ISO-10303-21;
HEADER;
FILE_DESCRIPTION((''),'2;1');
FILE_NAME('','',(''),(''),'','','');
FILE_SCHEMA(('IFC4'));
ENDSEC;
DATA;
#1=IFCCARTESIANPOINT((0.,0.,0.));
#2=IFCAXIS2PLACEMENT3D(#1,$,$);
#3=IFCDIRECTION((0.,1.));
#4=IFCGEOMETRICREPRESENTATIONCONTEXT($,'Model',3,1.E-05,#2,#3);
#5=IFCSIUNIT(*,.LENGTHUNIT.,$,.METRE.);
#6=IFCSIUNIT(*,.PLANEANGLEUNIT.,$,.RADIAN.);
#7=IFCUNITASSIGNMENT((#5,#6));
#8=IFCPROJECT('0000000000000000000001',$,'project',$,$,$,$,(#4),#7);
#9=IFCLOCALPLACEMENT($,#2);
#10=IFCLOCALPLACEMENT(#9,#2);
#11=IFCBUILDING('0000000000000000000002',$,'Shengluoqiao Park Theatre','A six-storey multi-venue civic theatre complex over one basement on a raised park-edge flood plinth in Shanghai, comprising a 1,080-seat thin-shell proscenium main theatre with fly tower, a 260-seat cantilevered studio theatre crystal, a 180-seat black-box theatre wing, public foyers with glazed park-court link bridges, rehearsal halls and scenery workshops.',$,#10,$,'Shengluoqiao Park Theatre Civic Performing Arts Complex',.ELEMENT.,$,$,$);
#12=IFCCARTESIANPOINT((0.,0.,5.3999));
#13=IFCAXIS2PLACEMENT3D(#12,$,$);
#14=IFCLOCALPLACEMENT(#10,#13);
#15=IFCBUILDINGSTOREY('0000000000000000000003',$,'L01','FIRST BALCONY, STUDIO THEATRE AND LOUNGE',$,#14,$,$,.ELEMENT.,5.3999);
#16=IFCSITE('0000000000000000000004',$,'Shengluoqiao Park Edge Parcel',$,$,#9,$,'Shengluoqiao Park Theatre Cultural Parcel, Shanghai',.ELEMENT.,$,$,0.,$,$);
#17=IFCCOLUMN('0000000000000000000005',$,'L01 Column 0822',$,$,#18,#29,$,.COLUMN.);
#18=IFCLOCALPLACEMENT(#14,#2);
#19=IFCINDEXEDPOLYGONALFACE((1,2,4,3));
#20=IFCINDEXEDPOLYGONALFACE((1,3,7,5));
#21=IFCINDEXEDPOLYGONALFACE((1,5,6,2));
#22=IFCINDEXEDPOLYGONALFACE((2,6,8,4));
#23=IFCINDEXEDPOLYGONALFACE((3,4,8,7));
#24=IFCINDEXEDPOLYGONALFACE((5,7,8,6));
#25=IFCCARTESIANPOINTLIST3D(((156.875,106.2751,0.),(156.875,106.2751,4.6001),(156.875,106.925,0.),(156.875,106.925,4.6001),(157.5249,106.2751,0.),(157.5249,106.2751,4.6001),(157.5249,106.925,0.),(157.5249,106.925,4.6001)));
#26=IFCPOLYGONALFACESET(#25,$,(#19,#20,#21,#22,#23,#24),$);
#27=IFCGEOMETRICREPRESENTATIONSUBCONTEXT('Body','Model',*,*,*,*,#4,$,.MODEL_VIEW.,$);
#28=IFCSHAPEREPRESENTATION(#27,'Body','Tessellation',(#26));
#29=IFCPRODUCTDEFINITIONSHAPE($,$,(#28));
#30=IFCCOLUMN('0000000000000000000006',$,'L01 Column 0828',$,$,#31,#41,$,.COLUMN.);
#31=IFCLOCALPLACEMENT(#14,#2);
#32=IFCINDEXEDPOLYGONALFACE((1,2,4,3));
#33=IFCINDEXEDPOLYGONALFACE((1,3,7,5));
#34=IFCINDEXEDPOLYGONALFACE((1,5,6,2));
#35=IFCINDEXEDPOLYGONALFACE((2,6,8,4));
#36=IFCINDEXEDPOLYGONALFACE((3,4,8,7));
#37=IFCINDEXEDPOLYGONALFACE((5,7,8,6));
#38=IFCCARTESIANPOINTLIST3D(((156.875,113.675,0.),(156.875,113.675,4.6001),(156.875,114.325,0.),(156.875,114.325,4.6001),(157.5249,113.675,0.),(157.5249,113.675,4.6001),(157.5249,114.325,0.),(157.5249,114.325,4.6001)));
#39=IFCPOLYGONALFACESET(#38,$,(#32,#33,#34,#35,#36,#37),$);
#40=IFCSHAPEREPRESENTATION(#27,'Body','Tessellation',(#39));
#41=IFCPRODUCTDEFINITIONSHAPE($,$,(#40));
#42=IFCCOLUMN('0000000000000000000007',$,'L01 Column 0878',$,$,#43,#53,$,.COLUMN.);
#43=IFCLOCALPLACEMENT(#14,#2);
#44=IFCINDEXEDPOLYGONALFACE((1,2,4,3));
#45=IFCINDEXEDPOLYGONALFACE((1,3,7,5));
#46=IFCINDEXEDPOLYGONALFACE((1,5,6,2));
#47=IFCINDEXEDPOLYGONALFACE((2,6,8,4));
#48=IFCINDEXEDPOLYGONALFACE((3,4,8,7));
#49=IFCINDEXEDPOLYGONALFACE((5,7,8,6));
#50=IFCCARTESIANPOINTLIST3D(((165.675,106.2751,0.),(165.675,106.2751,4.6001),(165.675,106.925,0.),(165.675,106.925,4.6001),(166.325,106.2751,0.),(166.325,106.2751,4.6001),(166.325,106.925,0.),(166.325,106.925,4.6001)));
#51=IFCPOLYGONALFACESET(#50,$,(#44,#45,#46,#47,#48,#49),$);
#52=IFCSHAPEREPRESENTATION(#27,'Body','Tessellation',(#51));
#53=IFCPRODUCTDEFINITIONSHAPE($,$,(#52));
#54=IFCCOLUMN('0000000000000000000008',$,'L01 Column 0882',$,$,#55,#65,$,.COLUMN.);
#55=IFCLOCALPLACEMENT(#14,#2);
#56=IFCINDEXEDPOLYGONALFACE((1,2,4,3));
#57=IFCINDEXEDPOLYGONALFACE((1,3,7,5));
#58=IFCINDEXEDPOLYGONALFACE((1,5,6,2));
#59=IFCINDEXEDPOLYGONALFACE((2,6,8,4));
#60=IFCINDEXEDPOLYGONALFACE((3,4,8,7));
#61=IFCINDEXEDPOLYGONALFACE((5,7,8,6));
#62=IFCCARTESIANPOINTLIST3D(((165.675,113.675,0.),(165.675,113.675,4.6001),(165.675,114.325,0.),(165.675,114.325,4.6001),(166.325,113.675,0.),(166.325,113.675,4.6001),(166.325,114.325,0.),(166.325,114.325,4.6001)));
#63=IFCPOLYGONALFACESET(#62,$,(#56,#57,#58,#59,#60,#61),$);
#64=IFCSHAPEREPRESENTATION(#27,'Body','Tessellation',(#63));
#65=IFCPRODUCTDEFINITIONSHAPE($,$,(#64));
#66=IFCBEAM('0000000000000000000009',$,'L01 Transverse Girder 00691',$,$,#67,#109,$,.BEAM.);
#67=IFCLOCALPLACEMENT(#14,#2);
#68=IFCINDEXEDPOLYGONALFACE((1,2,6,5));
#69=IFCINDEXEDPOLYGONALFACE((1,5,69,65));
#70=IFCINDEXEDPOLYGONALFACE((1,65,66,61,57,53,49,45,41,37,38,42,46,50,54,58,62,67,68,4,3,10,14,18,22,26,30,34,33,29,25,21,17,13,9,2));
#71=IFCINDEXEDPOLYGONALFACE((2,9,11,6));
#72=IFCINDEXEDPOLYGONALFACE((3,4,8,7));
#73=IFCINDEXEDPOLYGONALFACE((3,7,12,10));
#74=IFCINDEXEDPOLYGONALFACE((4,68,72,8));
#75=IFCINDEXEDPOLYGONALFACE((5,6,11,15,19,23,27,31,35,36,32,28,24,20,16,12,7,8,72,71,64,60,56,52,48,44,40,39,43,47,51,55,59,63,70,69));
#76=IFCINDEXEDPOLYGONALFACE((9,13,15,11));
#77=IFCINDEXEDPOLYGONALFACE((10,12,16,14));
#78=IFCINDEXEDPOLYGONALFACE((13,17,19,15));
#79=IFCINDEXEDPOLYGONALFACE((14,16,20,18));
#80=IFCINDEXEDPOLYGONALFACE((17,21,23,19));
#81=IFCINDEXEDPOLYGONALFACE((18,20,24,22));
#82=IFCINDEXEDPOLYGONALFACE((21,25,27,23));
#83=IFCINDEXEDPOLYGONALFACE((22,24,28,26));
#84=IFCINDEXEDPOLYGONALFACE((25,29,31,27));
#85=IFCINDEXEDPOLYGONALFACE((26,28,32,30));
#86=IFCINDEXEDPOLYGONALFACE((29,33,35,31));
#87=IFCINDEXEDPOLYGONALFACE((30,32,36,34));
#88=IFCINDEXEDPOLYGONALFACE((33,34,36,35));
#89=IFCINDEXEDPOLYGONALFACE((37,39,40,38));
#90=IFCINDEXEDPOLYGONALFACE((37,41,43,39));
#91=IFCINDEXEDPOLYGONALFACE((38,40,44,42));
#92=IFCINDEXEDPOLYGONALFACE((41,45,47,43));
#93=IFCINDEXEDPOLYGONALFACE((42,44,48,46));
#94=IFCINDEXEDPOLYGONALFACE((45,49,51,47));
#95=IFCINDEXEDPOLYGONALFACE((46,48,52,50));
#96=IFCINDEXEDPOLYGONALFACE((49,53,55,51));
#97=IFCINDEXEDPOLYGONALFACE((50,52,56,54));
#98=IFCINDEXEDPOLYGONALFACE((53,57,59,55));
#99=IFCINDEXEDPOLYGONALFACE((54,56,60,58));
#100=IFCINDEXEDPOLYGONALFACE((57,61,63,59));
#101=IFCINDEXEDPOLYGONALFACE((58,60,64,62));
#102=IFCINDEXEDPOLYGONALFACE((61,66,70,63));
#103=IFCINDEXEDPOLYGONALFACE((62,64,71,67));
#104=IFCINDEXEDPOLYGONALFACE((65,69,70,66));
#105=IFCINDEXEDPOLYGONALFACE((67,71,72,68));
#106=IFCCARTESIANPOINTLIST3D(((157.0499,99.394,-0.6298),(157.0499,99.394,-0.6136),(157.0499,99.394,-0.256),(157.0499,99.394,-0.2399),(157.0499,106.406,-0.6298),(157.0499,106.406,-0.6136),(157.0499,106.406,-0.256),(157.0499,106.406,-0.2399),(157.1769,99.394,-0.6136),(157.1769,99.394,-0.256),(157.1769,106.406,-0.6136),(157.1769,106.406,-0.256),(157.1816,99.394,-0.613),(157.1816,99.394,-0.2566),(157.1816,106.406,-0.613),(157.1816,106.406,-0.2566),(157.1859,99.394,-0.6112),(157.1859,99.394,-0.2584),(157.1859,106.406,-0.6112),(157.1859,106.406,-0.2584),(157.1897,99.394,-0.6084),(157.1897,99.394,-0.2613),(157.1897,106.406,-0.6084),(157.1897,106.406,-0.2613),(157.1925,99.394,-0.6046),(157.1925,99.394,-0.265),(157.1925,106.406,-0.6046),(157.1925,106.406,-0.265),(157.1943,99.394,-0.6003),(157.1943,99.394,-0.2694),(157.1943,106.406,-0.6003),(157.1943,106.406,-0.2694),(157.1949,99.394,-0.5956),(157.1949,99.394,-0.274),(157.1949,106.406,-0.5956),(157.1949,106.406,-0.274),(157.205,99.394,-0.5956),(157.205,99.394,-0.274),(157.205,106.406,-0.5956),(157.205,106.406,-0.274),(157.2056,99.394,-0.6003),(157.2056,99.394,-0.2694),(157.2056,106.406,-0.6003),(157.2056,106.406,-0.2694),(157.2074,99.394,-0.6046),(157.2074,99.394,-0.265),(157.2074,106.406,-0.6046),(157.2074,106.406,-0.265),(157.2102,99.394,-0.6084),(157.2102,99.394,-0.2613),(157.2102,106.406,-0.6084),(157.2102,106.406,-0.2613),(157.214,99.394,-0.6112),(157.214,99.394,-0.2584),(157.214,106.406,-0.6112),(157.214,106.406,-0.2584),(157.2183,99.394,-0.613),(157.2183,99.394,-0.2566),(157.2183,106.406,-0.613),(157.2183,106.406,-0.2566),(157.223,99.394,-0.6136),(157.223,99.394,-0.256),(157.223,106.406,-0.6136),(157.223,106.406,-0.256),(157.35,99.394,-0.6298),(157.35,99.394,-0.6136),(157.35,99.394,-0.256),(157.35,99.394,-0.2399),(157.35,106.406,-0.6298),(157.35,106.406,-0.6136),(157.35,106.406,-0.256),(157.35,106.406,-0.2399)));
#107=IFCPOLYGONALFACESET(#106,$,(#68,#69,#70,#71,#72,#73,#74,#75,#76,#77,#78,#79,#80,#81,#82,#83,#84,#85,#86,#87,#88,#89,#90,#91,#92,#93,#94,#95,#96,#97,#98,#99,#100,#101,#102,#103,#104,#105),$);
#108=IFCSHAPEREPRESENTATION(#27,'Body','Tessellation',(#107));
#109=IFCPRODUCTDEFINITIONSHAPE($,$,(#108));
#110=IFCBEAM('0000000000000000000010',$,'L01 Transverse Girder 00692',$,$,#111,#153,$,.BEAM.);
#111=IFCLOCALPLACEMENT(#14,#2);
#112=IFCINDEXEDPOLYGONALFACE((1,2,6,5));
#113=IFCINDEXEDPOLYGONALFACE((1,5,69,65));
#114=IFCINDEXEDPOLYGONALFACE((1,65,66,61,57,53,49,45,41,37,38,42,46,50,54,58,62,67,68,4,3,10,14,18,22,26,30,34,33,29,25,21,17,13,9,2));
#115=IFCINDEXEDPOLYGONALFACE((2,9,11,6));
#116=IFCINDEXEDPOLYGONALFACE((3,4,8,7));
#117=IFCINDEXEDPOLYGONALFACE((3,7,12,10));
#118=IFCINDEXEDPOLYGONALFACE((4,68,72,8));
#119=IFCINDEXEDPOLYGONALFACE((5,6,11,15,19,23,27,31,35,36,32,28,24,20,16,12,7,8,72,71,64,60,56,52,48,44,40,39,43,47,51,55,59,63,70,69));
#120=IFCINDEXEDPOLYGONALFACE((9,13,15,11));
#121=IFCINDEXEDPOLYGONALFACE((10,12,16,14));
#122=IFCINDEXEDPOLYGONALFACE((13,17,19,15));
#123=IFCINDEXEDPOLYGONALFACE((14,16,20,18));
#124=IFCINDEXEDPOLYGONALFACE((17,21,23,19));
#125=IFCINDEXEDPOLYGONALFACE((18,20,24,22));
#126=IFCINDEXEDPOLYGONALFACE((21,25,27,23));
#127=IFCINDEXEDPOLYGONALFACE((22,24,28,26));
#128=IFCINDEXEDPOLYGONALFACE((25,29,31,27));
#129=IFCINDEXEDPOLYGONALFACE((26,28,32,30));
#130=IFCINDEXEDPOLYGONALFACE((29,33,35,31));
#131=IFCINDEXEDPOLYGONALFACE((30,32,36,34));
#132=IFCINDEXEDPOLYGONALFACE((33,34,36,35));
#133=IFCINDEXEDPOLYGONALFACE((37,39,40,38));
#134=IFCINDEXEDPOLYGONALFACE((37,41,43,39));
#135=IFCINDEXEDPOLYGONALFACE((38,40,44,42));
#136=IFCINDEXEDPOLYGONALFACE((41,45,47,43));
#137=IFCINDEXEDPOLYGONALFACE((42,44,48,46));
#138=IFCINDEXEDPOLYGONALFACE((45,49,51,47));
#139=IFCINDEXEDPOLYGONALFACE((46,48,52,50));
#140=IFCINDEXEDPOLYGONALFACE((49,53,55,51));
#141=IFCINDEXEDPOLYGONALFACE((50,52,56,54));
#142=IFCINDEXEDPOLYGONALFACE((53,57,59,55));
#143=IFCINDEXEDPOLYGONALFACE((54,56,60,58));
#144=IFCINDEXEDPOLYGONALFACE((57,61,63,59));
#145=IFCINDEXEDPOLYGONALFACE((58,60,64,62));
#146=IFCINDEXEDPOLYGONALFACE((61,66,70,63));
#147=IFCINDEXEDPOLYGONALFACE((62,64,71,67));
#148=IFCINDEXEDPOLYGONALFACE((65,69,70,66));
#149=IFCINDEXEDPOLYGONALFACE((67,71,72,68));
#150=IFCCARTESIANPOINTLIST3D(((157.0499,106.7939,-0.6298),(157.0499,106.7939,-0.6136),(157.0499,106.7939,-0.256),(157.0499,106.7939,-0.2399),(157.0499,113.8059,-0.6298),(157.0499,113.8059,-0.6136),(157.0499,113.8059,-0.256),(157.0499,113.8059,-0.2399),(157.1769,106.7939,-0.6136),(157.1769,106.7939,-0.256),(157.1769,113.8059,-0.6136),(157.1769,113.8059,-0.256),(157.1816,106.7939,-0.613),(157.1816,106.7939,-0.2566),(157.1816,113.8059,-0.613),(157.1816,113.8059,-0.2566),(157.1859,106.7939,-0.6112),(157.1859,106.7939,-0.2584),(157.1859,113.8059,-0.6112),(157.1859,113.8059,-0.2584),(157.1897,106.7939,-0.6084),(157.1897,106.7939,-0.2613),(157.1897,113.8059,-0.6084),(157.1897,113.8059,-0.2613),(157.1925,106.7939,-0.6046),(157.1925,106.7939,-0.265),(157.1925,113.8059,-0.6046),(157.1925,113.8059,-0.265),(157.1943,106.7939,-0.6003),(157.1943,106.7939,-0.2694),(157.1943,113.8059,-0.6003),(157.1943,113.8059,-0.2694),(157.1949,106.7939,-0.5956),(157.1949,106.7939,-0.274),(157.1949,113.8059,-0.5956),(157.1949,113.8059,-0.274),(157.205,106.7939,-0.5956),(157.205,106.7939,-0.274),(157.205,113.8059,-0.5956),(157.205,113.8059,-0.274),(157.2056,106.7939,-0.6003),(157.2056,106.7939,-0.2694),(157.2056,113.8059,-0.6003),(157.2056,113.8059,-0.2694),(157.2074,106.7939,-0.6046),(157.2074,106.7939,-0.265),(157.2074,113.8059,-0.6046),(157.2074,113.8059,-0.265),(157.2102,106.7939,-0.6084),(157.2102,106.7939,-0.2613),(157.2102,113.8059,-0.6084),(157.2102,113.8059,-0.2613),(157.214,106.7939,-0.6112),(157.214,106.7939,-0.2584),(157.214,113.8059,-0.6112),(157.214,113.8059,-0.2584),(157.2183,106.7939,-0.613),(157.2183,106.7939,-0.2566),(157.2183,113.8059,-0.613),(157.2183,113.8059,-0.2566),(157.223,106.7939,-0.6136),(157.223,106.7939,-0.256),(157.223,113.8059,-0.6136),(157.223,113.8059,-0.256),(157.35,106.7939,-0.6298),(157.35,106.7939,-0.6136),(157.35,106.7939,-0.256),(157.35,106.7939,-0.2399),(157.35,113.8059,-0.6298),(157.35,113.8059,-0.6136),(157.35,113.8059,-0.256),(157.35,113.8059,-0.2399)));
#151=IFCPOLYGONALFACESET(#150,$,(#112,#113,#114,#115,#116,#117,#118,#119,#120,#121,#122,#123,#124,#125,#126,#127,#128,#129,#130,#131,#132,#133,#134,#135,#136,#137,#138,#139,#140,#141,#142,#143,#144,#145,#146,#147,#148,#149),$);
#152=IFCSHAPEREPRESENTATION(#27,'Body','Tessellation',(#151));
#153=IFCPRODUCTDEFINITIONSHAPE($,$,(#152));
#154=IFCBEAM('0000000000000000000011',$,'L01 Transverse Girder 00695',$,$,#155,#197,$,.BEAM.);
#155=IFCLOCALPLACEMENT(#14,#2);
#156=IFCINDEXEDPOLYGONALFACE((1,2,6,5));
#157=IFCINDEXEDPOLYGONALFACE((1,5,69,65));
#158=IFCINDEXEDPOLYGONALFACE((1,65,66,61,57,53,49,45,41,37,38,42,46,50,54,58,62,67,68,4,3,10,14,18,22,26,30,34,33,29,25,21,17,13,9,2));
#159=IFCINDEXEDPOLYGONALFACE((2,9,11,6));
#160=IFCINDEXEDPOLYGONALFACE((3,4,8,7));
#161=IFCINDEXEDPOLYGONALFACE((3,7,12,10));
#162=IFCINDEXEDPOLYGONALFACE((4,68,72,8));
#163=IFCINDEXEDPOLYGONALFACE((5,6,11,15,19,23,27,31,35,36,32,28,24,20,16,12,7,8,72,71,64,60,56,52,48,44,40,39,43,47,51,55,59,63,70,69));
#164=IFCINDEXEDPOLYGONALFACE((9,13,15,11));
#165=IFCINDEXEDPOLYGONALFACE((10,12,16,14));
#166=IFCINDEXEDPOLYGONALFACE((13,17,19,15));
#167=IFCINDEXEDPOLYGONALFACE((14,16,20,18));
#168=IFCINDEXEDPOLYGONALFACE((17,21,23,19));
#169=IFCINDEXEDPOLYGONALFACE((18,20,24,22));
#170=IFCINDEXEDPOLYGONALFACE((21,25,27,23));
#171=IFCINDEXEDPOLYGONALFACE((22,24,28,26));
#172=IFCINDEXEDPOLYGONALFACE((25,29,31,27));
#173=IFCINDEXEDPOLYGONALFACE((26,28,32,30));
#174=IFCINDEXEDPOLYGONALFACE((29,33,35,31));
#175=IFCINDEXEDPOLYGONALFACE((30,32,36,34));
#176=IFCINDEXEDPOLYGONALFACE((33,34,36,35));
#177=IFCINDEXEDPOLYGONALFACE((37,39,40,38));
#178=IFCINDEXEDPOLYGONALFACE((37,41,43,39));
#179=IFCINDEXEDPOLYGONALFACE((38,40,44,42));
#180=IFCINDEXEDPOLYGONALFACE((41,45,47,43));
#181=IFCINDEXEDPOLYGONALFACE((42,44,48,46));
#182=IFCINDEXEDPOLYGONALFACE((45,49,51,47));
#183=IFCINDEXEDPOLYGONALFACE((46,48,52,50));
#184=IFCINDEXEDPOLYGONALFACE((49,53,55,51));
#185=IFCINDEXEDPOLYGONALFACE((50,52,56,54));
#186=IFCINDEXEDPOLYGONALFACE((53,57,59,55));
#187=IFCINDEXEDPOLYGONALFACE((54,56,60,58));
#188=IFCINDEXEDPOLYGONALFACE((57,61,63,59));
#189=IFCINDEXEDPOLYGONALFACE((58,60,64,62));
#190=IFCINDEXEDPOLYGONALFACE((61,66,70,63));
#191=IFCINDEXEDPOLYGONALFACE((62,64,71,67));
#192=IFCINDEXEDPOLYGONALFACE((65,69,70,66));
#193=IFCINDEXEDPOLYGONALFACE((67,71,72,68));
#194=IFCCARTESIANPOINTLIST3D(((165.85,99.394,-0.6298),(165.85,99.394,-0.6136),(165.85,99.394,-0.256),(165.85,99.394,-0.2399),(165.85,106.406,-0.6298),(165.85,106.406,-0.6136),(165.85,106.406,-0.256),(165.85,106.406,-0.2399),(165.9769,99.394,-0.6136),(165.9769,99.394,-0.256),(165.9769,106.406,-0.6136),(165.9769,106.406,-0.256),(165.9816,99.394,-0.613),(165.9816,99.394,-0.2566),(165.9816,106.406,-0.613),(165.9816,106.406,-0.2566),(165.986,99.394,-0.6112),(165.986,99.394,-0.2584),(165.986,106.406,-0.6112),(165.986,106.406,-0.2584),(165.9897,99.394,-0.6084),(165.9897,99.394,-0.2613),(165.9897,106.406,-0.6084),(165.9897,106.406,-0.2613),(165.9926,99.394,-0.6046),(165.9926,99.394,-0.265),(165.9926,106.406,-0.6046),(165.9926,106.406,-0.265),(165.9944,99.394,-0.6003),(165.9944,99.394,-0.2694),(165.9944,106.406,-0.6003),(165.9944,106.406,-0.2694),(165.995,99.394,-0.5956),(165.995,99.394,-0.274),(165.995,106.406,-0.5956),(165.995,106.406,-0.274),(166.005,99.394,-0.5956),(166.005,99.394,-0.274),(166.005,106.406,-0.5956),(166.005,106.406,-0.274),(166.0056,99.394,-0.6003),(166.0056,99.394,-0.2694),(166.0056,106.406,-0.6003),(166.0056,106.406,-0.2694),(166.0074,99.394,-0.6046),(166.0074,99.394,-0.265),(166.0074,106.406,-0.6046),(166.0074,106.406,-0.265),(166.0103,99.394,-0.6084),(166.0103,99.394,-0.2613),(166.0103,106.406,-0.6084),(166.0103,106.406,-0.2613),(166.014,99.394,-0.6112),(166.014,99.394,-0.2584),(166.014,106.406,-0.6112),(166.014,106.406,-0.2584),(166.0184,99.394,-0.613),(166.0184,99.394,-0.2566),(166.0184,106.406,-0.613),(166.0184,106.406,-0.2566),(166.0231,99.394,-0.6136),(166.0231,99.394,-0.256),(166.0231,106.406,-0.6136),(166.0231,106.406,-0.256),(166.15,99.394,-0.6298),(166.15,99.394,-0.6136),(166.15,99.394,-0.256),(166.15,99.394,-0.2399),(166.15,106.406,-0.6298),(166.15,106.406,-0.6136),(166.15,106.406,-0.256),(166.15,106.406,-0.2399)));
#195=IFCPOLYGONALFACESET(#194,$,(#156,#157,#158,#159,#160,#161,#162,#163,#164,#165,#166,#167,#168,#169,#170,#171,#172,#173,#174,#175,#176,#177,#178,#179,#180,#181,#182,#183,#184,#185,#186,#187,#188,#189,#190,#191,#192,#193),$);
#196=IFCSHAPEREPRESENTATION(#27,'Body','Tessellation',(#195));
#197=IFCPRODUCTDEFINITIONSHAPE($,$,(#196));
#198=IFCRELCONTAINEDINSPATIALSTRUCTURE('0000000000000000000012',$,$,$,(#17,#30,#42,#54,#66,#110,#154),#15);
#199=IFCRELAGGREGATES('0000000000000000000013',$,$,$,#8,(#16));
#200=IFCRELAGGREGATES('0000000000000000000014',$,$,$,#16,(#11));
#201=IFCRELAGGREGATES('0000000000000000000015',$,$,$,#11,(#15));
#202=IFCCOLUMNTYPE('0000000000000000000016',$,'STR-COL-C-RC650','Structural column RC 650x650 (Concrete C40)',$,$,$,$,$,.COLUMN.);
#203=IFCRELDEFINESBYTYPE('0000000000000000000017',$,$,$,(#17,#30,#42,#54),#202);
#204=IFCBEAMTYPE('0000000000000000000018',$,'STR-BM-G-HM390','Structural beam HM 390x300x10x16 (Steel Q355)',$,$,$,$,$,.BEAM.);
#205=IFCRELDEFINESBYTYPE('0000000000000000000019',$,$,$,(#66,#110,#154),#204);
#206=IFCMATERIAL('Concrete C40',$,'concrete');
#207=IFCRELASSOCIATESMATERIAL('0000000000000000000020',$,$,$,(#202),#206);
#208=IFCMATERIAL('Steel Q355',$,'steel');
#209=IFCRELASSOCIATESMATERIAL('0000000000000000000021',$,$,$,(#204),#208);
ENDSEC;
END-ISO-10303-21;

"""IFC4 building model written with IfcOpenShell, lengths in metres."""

from ifc_helpers import new_model, si_unit, direction, frame, origin, origin_2d, place, context, subcontext, project, spatial, rectangle, i_section, extrude, material, material_profile, profile_set, type_object, element, save


model = new_model("IFC4")

# Units and contexts
model_context = context("Model", 3, precision=1e-05, world=origin(), true_north=direction((0.0, 1.0)))
body_context = subcontext(model_context, "Body", "Model", "MODEL_VIEW")
ifc_project = project(units=[si_unit("LENGTHUNIT", "METRE"), si_unit("PLANEANGLEUNIT", "RADIAN")], contexts=[model_context])

# Site, building, storey
site_placement = place(None, origin())
site = spatial("IfcSite", under=ifc_project, at=site_placement, Name="Shengluoqiao Park Edge Parcel", LongName="Shengluoqiao Park Theatre Cultural Parcel, Shanghai", CompositionType="ELEMENT", RefElevation=0.0)
building_placement = place(site_placement, origin())
building = spatial("IfcBuilding", under=site, at=building_placement, Name="Shengluoqiao Park Theatre", Description="A six-storey multi-venue civic theatre complex over one basement on a raised park-edge flood plinth in Shanghai, comprising a 1,080-seat thin-shell proscenium main theatre with fly tower, a 260-seat cantilevered studio theatre crystal, a 180-seat black-box theatre wing, public foyers with glazed park-court link bridges, rehearsal halls and scenery workshops.", LongName="Shengluoqiao Park Theatre Civic Performing Arts Complex", CompositionType="ELEMENT")
storey_placement = place(building_placement, frame((0.0, 0.0, 5.3999)))
storey = spatial("IfcBuildingStorey", under=building, at=storey_placement, Name="L01", Description="FIRST BALCONY, STUDIO THEATRE AND LOUNGE", CompositionType="ELEMENT", Elevation=5.3999)

# Columns
ifc_material_1 = material(Name="Concrete C40", Category="concrete")
ifc_material_profile_1 = material_profile(ifc_material_1, rectangle(XDim=0.6499, YDim=0.6499, at=origin_2d()), Name="RC 650x650")
ifc_profile_set_1 = profile_set([ifc_material_profile_1], Name="Concrete C40")
column_type = type_object("IfcColumnType", Name="STR-COL-C-RC650", Description="Structural column RC 650x650 (Concrete C40)", PredefinedType="COLUMN", material=ifc_profile_set_1)
for number, where, z_axis, x_axis, name in (
    (1, (157.2, 106.6001, 0.0), (0.0, 0.0, 1.0), (1.0, 0.0, 0.0), "L01 Column 0822"),
    (2, (157.2, 114.0, 0.0), (0.0, 0.0, 1.0), (1.0, 0.0, 0.0), "L01 Column 0828"),
    (3, (166.0, 106.6001, 0.0), (0.0, 0.0, 1.0), (1.0, 0.0, 0.0), "L01 Column 0878"),
    (4, (166.0, 114.0, 0.0), (0.0, 0.0, 1.0), (1.0, 0.0, 0.0), "L01 Column 0882"),
):
    element("IfcColumn", number, at=place(storey_placement, frame(where, z_axis=z_axis, x_axis=x_axis)), inside=storey, type_object=column_type, Name=name, PredefinedType="COLUMN", context=body_context, shape_type="SweptSolid", body=[
        extrude(rectangle(XDim=0.6499, YDim=0.6499, at=origin_2d()), origin(), (0.0, 0.0, 1.0), 4.6001),
    ])

# Beams
ifc_material_2 = material(Name="Steel Q355", Category="steel")
ifc_material_profile_2 = material_profile(ifc_material_2, i_section(OverallWidth=0.3, OverallDepth=0.3899, WebThickness=0.01, FlangeThickness=0.0161, FilletRadius=0.0181, at=origin_2d()), Name="HM 390x300x10x16")
ifc_profile_set_2 = profile_set([ifc_material_profile_2], Name="Steel Q355")
beam_type_1 = type_object("IfcBeamType", Name="STR-BM-G-HM390", Description="Structural beam HM 390x300x10x16 (Steel Q355)", PredefinedType="BEAM", material=ifc_profile_set_2)
for number, where, z_axis, x_axis, name in (
    (5, (157.2, 99.394, -0.4348), (0.0, 1.0, 0.0), (-1.0, 0.0, 0.0), "L01 Transverse Girder 00691"),
    (6, (157.2, 106.7939, -0.4348), (0.0, 1.0, 0.0), (-1.0, 0.0, 0.0), "L01 Transverse Girder 00692"),
    (7, (166.0, 99.394, -0.4348), (0.0, 1.0, 0.0), (-1.0, 0.0, 0.0), "L01 Transverse Girder 00695"),
):
    element("IfcBeam", number, at=place(storey_placement, frame(where, z_axis=z_axis, x_axis=x_axis)), inside=storey, type_object=beam_type_1, Name=name, PredefinedType="BEAM", context=body_context, shape_type="SweptSolid", body=[
        extrude(i_section(OverallWidth=0.3, OverallDepth=0.3899, WebThickness=0.01, FlangeThickness=0.0161, FilletRadius=0.0181, at=origin_2d()), origin(), (0.0, 0.0, 1.0), 7.012),
    ])

save(model, "model.ifc")
